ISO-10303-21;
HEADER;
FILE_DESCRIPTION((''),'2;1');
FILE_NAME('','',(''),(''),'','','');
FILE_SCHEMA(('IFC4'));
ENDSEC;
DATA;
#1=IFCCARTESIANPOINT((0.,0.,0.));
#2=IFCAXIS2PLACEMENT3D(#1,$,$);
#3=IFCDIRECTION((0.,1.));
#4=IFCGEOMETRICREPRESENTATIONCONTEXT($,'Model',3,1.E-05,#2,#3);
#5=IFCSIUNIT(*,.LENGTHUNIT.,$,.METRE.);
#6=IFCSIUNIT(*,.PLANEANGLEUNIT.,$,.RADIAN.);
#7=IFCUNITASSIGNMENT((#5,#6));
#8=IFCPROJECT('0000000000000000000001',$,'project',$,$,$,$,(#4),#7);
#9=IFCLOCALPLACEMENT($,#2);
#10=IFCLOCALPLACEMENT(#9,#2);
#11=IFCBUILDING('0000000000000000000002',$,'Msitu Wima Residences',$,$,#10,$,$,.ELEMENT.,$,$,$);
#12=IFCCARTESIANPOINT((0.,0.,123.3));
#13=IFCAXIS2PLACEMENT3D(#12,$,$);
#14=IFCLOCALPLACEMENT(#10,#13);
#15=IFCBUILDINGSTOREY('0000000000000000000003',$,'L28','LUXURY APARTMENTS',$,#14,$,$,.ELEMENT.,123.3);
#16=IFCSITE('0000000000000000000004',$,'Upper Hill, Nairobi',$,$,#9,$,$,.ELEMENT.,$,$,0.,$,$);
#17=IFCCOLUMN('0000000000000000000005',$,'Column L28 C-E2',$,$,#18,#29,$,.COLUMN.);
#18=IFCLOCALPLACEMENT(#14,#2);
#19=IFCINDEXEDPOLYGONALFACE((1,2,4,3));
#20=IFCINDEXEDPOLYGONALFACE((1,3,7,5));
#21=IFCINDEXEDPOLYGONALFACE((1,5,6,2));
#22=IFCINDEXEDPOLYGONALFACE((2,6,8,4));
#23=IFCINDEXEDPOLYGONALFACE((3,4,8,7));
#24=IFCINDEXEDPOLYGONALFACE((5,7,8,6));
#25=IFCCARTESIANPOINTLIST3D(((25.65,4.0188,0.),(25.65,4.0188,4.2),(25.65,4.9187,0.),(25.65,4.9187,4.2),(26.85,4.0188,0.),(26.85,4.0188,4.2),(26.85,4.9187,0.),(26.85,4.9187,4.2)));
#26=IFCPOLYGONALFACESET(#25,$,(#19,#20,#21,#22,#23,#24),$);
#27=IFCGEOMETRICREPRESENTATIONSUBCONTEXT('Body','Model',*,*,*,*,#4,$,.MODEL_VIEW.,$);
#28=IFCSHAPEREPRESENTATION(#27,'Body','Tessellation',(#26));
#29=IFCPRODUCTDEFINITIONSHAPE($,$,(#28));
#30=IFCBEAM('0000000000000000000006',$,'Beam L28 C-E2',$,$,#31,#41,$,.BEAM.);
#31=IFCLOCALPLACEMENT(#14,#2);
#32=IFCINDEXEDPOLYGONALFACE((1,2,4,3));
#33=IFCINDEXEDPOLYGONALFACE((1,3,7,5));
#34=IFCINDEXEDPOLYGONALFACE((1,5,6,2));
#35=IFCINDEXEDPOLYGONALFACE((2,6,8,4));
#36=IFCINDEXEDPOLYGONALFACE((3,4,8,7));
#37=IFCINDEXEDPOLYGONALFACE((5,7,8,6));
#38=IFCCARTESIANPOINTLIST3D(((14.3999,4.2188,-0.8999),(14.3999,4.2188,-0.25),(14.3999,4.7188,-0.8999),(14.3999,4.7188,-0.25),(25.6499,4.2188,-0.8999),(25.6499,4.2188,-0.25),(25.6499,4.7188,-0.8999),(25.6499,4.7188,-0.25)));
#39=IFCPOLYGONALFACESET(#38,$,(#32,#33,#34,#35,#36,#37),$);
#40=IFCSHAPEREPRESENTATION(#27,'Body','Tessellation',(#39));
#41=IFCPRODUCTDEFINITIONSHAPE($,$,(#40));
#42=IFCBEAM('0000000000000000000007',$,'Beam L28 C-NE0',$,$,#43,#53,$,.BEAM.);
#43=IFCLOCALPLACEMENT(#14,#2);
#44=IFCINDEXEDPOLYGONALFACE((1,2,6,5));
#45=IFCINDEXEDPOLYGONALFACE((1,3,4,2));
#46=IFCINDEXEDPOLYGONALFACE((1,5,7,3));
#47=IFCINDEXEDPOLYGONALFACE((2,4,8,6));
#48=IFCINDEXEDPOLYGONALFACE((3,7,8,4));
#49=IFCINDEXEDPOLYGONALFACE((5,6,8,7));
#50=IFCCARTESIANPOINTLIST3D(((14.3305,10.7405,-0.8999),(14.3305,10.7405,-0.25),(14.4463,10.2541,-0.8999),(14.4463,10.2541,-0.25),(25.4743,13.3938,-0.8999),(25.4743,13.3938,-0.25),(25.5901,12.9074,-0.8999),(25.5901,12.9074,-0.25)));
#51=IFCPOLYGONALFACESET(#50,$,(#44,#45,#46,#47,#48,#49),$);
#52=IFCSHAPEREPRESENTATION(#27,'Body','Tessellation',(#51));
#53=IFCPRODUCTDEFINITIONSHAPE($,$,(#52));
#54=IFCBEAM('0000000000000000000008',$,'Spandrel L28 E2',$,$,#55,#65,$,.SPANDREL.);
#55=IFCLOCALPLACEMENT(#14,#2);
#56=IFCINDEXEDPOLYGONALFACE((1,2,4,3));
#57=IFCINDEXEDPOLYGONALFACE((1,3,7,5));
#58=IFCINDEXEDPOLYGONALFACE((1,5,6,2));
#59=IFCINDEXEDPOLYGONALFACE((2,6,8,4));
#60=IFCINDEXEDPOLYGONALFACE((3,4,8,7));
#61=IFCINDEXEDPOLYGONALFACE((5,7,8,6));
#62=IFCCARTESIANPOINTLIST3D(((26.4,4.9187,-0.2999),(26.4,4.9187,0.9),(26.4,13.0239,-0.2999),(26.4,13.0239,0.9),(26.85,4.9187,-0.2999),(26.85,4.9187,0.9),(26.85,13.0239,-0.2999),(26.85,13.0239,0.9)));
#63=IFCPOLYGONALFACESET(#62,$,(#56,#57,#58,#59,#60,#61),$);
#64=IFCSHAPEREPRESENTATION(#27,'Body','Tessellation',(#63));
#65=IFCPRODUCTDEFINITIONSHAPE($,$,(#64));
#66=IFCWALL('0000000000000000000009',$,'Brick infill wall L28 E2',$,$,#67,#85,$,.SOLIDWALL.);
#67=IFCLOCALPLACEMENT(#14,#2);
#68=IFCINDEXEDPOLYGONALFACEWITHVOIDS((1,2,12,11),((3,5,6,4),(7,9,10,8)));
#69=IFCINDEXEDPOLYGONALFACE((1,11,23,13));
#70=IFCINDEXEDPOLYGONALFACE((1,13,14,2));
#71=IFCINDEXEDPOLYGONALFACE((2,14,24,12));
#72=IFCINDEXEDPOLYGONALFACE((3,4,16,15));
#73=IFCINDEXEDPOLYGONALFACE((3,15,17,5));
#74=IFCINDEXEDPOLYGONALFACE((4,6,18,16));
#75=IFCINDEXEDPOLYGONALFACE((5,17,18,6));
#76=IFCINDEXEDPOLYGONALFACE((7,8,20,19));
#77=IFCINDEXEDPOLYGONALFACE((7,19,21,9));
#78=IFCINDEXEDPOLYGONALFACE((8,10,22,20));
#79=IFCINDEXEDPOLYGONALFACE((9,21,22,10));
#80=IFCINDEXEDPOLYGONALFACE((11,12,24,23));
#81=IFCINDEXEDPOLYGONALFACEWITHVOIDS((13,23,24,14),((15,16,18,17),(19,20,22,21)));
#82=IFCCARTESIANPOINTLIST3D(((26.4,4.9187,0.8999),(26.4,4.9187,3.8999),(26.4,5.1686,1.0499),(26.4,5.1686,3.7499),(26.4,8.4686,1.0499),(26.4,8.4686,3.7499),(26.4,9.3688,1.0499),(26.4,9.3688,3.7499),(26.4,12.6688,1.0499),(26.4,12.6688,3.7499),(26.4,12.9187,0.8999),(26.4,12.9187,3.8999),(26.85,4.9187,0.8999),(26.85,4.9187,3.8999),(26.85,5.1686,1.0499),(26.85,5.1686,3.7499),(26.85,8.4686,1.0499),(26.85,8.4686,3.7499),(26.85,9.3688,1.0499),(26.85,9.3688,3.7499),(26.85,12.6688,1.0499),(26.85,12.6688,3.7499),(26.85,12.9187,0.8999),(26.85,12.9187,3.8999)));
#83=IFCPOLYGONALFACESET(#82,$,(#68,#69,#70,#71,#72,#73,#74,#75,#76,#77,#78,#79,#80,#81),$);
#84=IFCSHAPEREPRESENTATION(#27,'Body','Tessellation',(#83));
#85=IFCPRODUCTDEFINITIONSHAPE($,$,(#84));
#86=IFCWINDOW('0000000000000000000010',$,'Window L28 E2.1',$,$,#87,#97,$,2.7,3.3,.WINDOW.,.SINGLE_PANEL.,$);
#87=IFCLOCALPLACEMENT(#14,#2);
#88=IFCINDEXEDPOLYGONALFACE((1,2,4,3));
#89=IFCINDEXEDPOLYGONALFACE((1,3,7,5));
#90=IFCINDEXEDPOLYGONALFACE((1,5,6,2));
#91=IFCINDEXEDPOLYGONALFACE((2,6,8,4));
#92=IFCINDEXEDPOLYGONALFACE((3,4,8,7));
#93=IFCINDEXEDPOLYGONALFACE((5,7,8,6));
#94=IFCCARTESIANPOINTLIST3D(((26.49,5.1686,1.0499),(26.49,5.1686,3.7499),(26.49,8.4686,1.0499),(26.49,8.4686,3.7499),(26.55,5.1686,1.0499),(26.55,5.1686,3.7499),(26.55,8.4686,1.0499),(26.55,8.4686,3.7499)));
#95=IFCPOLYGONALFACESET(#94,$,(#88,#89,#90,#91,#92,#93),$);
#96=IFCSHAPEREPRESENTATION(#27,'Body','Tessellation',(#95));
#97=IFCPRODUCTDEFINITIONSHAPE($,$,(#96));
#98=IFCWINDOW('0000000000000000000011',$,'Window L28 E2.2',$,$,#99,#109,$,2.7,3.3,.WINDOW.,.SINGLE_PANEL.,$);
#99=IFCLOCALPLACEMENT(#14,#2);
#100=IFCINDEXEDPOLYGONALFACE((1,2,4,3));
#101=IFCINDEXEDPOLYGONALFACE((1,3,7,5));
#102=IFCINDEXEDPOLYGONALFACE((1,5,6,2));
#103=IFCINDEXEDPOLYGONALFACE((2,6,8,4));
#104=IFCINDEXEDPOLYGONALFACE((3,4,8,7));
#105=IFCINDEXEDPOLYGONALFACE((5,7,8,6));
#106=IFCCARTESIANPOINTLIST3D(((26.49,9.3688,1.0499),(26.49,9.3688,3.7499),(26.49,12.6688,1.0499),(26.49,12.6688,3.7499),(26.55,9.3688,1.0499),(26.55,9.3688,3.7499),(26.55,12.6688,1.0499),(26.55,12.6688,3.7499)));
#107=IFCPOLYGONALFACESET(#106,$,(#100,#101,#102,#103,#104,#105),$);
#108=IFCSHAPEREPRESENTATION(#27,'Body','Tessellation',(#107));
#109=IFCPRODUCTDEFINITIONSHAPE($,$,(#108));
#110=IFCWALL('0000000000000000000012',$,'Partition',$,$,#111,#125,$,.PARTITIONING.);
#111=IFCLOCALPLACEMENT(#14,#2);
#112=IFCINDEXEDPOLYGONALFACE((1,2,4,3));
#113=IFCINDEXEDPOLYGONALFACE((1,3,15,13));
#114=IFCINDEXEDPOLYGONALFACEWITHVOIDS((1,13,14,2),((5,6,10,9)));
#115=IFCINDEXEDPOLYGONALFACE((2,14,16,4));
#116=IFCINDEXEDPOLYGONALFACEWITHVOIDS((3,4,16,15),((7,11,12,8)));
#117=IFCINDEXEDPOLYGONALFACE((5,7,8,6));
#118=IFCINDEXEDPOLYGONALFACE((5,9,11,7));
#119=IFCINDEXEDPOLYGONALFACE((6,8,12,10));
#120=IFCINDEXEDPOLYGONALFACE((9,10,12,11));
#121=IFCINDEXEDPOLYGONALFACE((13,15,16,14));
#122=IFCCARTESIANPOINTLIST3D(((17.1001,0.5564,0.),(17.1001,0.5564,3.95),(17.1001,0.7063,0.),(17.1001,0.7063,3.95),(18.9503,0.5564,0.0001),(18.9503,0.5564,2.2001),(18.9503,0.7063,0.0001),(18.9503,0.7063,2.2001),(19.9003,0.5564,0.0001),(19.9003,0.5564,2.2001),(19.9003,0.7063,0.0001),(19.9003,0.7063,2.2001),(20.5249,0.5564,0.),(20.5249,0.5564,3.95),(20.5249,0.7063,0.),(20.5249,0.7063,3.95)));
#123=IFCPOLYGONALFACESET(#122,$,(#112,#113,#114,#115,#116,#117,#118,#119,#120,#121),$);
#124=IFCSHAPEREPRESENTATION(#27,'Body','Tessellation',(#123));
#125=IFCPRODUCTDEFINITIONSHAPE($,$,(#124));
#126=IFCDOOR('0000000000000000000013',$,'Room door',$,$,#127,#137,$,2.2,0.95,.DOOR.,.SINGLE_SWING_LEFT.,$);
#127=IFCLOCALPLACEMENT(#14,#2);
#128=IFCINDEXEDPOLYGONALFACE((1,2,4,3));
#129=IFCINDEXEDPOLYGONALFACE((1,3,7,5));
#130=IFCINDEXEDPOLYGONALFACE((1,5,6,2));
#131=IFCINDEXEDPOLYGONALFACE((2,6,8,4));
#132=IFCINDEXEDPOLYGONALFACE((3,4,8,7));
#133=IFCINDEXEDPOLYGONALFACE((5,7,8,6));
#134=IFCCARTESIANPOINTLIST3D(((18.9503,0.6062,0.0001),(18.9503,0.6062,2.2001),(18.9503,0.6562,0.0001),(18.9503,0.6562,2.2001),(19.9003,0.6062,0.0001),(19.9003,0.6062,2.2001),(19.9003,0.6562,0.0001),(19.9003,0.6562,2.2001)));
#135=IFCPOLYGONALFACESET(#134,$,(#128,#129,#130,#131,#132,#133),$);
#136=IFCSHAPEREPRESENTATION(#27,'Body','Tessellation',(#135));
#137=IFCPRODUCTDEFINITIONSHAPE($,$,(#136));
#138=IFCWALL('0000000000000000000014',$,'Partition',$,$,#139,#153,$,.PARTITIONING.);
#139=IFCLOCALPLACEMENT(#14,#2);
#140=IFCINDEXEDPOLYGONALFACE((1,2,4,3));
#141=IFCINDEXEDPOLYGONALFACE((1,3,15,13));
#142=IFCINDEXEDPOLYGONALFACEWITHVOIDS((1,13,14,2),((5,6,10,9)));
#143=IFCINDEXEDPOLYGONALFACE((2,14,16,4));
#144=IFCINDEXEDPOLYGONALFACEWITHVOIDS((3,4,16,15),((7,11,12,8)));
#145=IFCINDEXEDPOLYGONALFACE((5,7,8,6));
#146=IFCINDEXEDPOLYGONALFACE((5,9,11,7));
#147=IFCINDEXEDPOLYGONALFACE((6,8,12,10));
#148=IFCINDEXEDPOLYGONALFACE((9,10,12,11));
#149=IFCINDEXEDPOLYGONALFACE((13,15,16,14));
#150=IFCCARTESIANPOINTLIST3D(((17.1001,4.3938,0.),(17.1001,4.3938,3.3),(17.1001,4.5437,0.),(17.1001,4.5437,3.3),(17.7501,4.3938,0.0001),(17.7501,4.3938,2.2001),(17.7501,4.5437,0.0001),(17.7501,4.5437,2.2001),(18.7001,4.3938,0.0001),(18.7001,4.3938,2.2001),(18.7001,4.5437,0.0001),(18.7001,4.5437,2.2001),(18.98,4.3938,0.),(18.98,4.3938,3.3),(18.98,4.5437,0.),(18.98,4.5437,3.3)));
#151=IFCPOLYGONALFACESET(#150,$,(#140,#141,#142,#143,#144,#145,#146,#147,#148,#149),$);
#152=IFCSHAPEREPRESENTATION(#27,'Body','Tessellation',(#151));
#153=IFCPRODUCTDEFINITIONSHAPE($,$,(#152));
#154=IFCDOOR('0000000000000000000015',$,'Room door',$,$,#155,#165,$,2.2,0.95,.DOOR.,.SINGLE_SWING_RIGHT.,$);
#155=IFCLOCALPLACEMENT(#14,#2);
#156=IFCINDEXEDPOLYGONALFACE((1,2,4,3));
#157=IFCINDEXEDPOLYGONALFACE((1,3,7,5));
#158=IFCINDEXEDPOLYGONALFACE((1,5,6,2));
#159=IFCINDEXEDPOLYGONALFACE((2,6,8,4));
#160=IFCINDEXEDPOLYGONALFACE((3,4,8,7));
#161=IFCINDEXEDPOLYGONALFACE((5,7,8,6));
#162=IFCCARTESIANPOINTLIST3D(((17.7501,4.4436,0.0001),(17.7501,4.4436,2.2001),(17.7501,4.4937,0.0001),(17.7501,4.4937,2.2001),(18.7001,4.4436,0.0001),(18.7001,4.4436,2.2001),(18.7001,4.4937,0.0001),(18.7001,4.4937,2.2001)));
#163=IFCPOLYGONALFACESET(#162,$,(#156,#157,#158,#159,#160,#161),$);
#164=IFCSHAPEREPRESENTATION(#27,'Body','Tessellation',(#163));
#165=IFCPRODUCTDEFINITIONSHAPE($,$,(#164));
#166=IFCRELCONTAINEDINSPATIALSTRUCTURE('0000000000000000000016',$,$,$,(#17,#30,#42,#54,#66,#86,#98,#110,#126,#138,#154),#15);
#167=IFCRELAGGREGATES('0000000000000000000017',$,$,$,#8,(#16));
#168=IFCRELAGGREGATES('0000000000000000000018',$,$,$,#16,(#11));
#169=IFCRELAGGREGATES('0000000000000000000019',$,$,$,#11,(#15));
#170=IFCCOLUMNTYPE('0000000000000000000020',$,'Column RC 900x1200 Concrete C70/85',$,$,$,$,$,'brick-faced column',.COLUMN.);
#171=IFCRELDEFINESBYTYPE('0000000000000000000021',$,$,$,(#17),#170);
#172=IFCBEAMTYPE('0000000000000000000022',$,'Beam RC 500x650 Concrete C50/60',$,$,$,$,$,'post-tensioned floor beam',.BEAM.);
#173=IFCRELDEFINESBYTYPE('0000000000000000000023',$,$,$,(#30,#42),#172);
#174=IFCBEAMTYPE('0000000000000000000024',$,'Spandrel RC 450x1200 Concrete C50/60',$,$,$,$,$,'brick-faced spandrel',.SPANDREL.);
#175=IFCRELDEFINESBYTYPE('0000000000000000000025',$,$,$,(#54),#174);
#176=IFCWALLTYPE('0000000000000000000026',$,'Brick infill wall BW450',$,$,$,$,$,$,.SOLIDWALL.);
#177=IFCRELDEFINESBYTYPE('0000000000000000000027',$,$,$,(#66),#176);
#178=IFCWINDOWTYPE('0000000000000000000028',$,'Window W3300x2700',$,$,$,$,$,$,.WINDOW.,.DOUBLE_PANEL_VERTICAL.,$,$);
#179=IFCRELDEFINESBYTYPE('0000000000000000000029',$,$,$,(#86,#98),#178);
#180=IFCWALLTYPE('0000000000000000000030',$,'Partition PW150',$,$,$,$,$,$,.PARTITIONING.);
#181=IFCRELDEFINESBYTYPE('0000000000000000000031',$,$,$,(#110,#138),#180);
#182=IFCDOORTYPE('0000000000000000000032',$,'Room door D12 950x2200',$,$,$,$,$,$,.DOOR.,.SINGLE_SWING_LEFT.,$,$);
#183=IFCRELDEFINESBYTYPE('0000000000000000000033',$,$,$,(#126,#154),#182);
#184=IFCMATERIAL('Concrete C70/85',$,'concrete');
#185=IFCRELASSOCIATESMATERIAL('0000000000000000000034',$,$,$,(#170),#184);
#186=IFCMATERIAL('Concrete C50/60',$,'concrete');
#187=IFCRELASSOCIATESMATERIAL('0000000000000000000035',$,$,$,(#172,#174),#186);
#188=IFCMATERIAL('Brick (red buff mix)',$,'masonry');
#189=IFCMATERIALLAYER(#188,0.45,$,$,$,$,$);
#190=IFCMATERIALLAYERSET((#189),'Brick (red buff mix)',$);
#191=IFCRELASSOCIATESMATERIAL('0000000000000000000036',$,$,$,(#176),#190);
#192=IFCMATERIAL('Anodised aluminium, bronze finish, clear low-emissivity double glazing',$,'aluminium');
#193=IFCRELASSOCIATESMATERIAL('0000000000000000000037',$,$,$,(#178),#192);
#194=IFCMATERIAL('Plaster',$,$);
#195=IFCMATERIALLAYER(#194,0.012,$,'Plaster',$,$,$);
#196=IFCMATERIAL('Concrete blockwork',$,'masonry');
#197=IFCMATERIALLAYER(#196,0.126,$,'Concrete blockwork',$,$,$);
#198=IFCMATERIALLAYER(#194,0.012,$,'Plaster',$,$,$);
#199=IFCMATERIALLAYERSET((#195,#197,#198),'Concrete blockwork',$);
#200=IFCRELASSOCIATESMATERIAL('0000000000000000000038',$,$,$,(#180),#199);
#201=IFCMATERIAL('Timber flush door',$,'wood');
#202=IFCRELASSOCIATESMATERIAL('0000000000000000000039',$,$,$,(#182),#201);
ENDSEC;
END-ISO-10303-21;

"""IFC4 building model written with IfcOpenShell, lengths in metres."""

from ifc_helpers import new_model, si_unit, direction, frame, frame_2d, origin, origin_2d, place, context, subcontext, project, spatial, rectangle, extrude, material, layer, layer_set, material_profile, profile_set, type_object, element, fill, save


model = new_model("IFC4")

# Units and contexts
model_context = context("Model", 3, precision=1e-05, world=origin(), true_north=direction((0.0, 1.0)))
body_context = subcontext(model_context, "Body", "Model", "MODEL_VIEW")
ifc_project = project(units=[si_unit("LENGTHUNIT", "METRE"), si_unit("PLANEANGLEUNIT", "RADIAN")], contexts=[model_context])

# Site, building, storey
site_placement = place(None, origin())
site = spatial("IfcSite", under=ifc_project, at=site_placement, Name="Upper Hill, Nairobi", CompositionType="ELEMENT", RefElevation=0.0)
building_placement = place(site_placement, origin())
building = spatial("IfcBuilding", under=site, at=building_placement, Name="Msitu Wima Residences", CompositionType="ELEMENT")
storey_placement = place(building_placement, frame((0.0, 0.0, 123.3)))
storey = spatial("IfcBuildingStorey", under=building, at=storey_placement, Name="L28", Description="LUXURY APARTMENTS", CompositionType="ELEMENT", Elevation=123.3)

# Column
ifc_material_1 = material(Name="Concrete C70/85", Category="concrete")
ifc_material_profile_1 = material_profile(ifc_material_1, rectangle(XDim=0.8999, YDim=1.2, at=origin_2d()), Name="RC 900x1200")
ifc_profile_set_1 = profile_set([ifc_material_profile_1], Name="Concrete C70/85")
column_type = type_object("IfcColumnType", Name="Column RC 900x1200 Concrete C70/85", ElementType="brick-faced column", PredefinedType="COLUMN", material=ifc_profile_set_1)
column_placement = place(storey_placement, frame((26.25, 4.4688, 0.0), z_axis=(0.0, 0.0, 1.0), x_axis=(0.0, 1.0, 0.0)))
element("IfcColumn", 1, at=column_placement, inside=storey, type_object=column_type, Name="Column L28 C-E2", PredefinedType="COLUMN", context=body_context, shape_type="SweptSolid", body=[
    extrude(rectangle(XDim=0.8999, YDim=1.2, at=origin_2d()), origin(), (0.0, 0.0, 1.0), 4.2),
])

# Beams
ifc_material_2 = material(Name="Concrete C50/60", Category="concrete")
ifc_material_profile_2 = material_profile(ifc_material_2, rectangle(XDim=0.5, YDim=0.6499, at=origin_2d()), Name="RC 500x650")
ifc_profile_set_2 = profile_set([ifc_material_profile_2], Name="Concrete C50/60")
beam_type_1 = type_object("IfcBeamType", Name="Beam RC 500x650 Concrete C50/60", ElementType="post-tensioned floor beam", PredefinedType="BEAM", material=ifc_profile_set_2)
beam_1_placement = place(storey_placement, frame((25.6499, 4.4688, -0.575), z_axis=(-1.0, 0.0, 0.0), x_axis=(0.0, -1.0, 0.0)))
element("IfcBeam", 2, at=beam_1_placement, inside=storey, type_object=beam_type_1, Name="Beam L28 C-E2", PredefinedType="BEAM", context=body_context, shape_type="SweptSolid", body=[
    extrude(rectangle(XDim=0.5, YDim=0.6499, at=origin_2d()), origin(), (0.0, 0.0, 1.0), 11.25),
])
beam_2_placement = place(storey_placement, frame((25.5322, 13.1506, -0.575), z_axis=(-0.972806, -0.231623, 0.0), x_axis=(0.231623, -0.972806, 0.0)))
element("IfcBeam", 3, at=beam_2_placement, inside=storey, type_object=beam_type_1, Name="Beam L28 C-NE0", PredefinedType="BEAM", context=body_context, shape_type="SweptSolid", body=[
    extrude(rectangle(XDim=0.5, YDim=0.6499, at=origin_2d()), origin(), (0.0, 0.0, 1.0), 11.4553),
])
ifc_material_profile_3 = material_profile(ifc_material_2, rectangle(XDim=0.45, YDim=1.2, at=origin_2d()), Name="RC 450x1200")
ifc_profile_set_3 = profile_set([ifc_material_profile_3], Name="Concrete C50/60")
beam_type_2 = type_object("IfcBeamType", Name="Spandrel RC 450x1200 Concrete C50/60", ElementType="brick-faced spandrel", PredefinedType="SPANDREL", material=ifc_profile_set_3)
beam_3_placement = place(storey_placement, frame((26.625, 4.9187, 0.3), z_axis=(0.0, 1.0, 0.0), x_axis=(-1.0, 0.0, 0.0)))
element("IfcBeam", 4, at=beam_3_placement, inside=storey, type_object=beam_type_2, Name="Spandrel L28 E2", PredefinedType="SPANDREL", context=body_context, shape_type="SweptSolid", body=[
    extrude(rectangle(XDim=0.45, YDim=1.2, at=origin_2d()), origin(), (0.0, 0.0, 1.0), 8.1052),
])

# Wall, openings, windows
ifc_material_3 = material(Name="Brick (red buff mix)", Category="masonry")
ifc_layer_1 = layer(ifc_material_3, 0.45)
ifc_layer_set_1 = layer_set([ifc_layer_1], Name="Brick (red buff mix)")
wall_type_1 = type_object("IfcWallType", Name="Brick infill wall BW450", PredefinedType="SOLIDWALL", material=ifc_layer_set_1)
wall_1_placement = place(storey_placement, frame((26.625, 4.9187, 0.8999), z_axis=(0.0, 0.0, 1.0), x_axis=(0.0, 1.0, 0.0)))
wall_1 = element("IfcWall", 5, at=wall_1_placement, inside=storey, type_object=wall_type_1, Name="Brick infill wall L28 E2", PredefinedType="SOLIDWALL", context=body_context, shape_type="SweptSolid", body=[
    extrude(rectangle(XDim=8.0, YDim=0.45, at=frame_2d((4.0, 0.0))), origin(), (0.0, 0.0, 1.0), 3.0),
])
opening_1_placement = place(wall_1_placement, frame((0.25, 0.0, 0.1499)))
opening_1 = element("IfcOpeningElement", 6, at=opening_1_placement, cuts=wall_1, PredefinedType="OPENING", context=body_context, shape_type="SweptSolid", body=[
    extrude(rectangle(XDim=3.3, YDim=2.7, at=frame_2d((1.6499, 1.3501))), frame((0.0, 0.2349, 0.0), z_axis=(0.0, -1.0, 0.0), x_axis=(1.0, 0.0, 0.0)), (0.0, 0.0, 1.0), 0.47),
])
opening_2_placement = place(wall_1_placement, frame((4.4502, 0.0, 0.1499)))
opening_2 = element("IfcOpeningElement", 7, at=opening_2_placement, cuts=wall_1, PredefinedType="OPENING", context=body_context, shape_type="SweptSolid", body=[
    extrude(rectangle(XDim=3.3, YDim=2.7, at=frame_2d((1.6499, 1.3501))), frame((0.0, 0.2349, 0.0), z_axis=(0.0, -1.0, 0.0), x_axis=(1.0, 0.0, 0.0)), (0.0, 0.0, 1.0), 0.47),
])
ifc_material_4 = material(Name="Anodised aluminium, bronze finish, clear low-emissivity double glazing", Category="aluminium")
window_type = type_object("IfcWindowType", Name="Window W3300x2700", PartitioningType="DOUBLE_PANEL_VERTICAL", PredefinedType="WINDOW", material=ifc_material_4)
window_1_placement = place(opening_1_placement, origin())
window_1 = element("IfcWindow", 8, at=window_1_placement, inside=storey, type_object=window_type, Name="Window L28 E2.1", OverallHeight=2.7, OverallWidth=3.3, PartitioningType="SINGLE_PANEL", PredefinedType="WINDOW", context=body_context, shape_type="SweptSolid", body=[
    extrude(rectangle(XDim=3.3, YDim=2.7, at=frame_2d((1.6499, 1.3501))), frame((0.0, 0.135, 0.0), z_axis=(0.0, -1.0, 0.0), x_axis=(1.0, 0.0, 0.0)), (0.0, 0.0, 1.0), 0.0601),
])
fill(opening_1, window_1)
window_2_placement = place(opening_2_placement, origin())
window_2 = element("IfcWindow", 9, at=window_2_placement, inside=storey, type_object=window_type, Name="Window L28 E2.2", OverallHeight=2.7, OverallWidth=3.3, PartitioningType="SINGLE_PANEL", PredefinedType="WINDOW", context=body_context, shape_type="SweptSolid", body=[
    extrude(rectangle(XDim=3.3, YDim=2.7, at=frame_2d((1.6499, 1.3501))), frame((0.0, 0.135, 0.0), z_axis=(0.0, -1.0, 0.0), x_axis=(1.0, 0.0, 0.0)), (0.0, 0.0, 1.0), 0.0601),
])
fill(opening_2, window_2)

# Walls, openings, doors
ifc_material_5 = material(Name="Plaster")
ifc_layer_2 = layer(ifc_material_5, 0.012, Name="Plaster")
ifc_material_6 = material(Name="Concrete blockwork", Category="masonry")
ifc_layer_3 = layer(ifc_material_6, 0.126, Name="Concrete blockwork")
ifc_layer_4 = layer(ifc_material_5, 0.012, Name="Plaster")
ifc_layer_set_2 = layer_set([ifc_layer_2, ifc_layer_3, ifc_layer_4], Name="Concrete blockwork")
wall_type_2 = type_object("IfcWallType", Name="Partition PW150", PredefinedType="PARTITIONING", material=ifc_layer_set_2)
wall_2_placement = place(storey_placement, frame((17.1001, 0.6313, 0.0), z_axis=(0.0, 0.0, 1.0), x_axis=(1.0, 0.0, 0.0)))
wall_2 = element("IfcWall", 10, at=wall_2_placement, inside=storey, type_object=wall_type_2, Name="Partition", PredefinedType="PARTITIONING", context=body_context, shape_type="SweptSolid", body=[
    extrude(rectangle(XDim=3.4248, YDim=0.1499, at=frame_2d((1.7124, 0.0))), origin(), (0.0, 0.0, 1.0), 3.95),
])
opening_3_placement = place(wall_2_placement, frame((1.8501, 0.0, 0.0)))
opening_3 = element("IfcOpeningElement", 11, at=opening_3_placement, cuts=wall_2, PredefinedType="OPENING", context=body_context, shape_type="SweptSolid", body=[
    extrude(rectangle(XDim=0.95, YDim=2.2, at=frame_2d((0.4751, 1.1001))), frame((0.0, 0.085, 0.0), z_axis=(0.0, -1.0, 0.0), x_axis=(1.0, 0.0, 0.0)), (0.0, 0.0, 1.0), 0.1699),
])
ifc_material_7 = material(Name="Timber flush door", Category="wood")
door_type_1 = type_object("IfcDoorType", Name="Room door D12 950x2200", OperationType="SINGLE_SWING_LEFT", PredefinedType="DOOR", material=ifc_material_7)
door_1_placement = place(opening_3_placement, origin())
door_1 = element("IfcDoor", 12, at=door_1_placement, inside=storey, type_object=door_type_1, Name="Room door", OperationType="SINGLE_SWING_LEFT", OverallHeight=2.2, OverallWidth=0.95, PredefinedType="DOOR", context=body_context, shape_type="SweptSolid", body=[
    extrude(rectangle(XDim=0.95, YDim=2.2, at=frame_2d((0.4751, 1.1001))), frame((0.0, 0.0249, 0.0), z_axis=(0.0, -1.0, 0.0), x_axis=(1.0, 0.0, 0.0)), (0.0, 0.0, 1.0), 0.05),
])
fill(opening_3, door_1)
wall_3_placement = place(storey_placement, frame((17.1001, 4.4688, 0.0), z_axis=(0.0, 0.0, 1.0), x_axis=(1.0, 0.0, 0.0)))
wall_3 = element("IfcWall", 13, at=wall_3_placement, inside=storey, type_object=wall_type_2, Name="Partition", PredefinedType="PARTITIONING", context=body_context, shape_type="SweptSolid", body=[
    extrude(rectangle(XDim=1.8799, YDim=0.1499, at=frame_2d((0.9399, 0.0))), origin(), (0.0, 0.0, 1.0), 3.3),
])
opening_4_placement = place(wall_3_placement, frame((0.6499, 0.0, 0.0)))
opening_4 = element("IfcOpeningElement", 14, at=opening_4_placement, cuts=wall_3, PredefinedType="OPENING", context=body_context, shape_type="SweptSolid", body=[
    extrude(rectangle(XDim=0.95, YDim=2.2, at=frame_2d((0.4751, 1.1001))), frame((0.0, 0.085, 0.0), z_axis=(0.0, -1.0, 0.0), x_axis=(1.0, 0.0, 0.0)), (0.0, 0.0, 1.0), 0.1699),
])
door_2_placement = place(opening_4_placement, origin())
door_2 = element("IfcDoor", 15, at=door_2_placement, inside=storey, type_object=door_type_1, Name="Room door", OperationType="SINGLE_SWING_RIGHT", OverallHeight=2.2, OverallWidth=0.95, PredefinedType="DOOR", context=body_context, shape_type="SweptSolid", body=[
    extrude(rectangle(XDim=0.95, YDim=2.2, at=frame_2d((0.4751, 1.1001))), frame((0.0, 0.0249, 0.0), z_axis=(0.0, -1.0, 0.0), x_axis=(1.0, 0.0, 0.0)), (0.0, 0.0, 1.0), 0.05),
])
fill(opening_4, door_2)

save(model, "model.ifc")
